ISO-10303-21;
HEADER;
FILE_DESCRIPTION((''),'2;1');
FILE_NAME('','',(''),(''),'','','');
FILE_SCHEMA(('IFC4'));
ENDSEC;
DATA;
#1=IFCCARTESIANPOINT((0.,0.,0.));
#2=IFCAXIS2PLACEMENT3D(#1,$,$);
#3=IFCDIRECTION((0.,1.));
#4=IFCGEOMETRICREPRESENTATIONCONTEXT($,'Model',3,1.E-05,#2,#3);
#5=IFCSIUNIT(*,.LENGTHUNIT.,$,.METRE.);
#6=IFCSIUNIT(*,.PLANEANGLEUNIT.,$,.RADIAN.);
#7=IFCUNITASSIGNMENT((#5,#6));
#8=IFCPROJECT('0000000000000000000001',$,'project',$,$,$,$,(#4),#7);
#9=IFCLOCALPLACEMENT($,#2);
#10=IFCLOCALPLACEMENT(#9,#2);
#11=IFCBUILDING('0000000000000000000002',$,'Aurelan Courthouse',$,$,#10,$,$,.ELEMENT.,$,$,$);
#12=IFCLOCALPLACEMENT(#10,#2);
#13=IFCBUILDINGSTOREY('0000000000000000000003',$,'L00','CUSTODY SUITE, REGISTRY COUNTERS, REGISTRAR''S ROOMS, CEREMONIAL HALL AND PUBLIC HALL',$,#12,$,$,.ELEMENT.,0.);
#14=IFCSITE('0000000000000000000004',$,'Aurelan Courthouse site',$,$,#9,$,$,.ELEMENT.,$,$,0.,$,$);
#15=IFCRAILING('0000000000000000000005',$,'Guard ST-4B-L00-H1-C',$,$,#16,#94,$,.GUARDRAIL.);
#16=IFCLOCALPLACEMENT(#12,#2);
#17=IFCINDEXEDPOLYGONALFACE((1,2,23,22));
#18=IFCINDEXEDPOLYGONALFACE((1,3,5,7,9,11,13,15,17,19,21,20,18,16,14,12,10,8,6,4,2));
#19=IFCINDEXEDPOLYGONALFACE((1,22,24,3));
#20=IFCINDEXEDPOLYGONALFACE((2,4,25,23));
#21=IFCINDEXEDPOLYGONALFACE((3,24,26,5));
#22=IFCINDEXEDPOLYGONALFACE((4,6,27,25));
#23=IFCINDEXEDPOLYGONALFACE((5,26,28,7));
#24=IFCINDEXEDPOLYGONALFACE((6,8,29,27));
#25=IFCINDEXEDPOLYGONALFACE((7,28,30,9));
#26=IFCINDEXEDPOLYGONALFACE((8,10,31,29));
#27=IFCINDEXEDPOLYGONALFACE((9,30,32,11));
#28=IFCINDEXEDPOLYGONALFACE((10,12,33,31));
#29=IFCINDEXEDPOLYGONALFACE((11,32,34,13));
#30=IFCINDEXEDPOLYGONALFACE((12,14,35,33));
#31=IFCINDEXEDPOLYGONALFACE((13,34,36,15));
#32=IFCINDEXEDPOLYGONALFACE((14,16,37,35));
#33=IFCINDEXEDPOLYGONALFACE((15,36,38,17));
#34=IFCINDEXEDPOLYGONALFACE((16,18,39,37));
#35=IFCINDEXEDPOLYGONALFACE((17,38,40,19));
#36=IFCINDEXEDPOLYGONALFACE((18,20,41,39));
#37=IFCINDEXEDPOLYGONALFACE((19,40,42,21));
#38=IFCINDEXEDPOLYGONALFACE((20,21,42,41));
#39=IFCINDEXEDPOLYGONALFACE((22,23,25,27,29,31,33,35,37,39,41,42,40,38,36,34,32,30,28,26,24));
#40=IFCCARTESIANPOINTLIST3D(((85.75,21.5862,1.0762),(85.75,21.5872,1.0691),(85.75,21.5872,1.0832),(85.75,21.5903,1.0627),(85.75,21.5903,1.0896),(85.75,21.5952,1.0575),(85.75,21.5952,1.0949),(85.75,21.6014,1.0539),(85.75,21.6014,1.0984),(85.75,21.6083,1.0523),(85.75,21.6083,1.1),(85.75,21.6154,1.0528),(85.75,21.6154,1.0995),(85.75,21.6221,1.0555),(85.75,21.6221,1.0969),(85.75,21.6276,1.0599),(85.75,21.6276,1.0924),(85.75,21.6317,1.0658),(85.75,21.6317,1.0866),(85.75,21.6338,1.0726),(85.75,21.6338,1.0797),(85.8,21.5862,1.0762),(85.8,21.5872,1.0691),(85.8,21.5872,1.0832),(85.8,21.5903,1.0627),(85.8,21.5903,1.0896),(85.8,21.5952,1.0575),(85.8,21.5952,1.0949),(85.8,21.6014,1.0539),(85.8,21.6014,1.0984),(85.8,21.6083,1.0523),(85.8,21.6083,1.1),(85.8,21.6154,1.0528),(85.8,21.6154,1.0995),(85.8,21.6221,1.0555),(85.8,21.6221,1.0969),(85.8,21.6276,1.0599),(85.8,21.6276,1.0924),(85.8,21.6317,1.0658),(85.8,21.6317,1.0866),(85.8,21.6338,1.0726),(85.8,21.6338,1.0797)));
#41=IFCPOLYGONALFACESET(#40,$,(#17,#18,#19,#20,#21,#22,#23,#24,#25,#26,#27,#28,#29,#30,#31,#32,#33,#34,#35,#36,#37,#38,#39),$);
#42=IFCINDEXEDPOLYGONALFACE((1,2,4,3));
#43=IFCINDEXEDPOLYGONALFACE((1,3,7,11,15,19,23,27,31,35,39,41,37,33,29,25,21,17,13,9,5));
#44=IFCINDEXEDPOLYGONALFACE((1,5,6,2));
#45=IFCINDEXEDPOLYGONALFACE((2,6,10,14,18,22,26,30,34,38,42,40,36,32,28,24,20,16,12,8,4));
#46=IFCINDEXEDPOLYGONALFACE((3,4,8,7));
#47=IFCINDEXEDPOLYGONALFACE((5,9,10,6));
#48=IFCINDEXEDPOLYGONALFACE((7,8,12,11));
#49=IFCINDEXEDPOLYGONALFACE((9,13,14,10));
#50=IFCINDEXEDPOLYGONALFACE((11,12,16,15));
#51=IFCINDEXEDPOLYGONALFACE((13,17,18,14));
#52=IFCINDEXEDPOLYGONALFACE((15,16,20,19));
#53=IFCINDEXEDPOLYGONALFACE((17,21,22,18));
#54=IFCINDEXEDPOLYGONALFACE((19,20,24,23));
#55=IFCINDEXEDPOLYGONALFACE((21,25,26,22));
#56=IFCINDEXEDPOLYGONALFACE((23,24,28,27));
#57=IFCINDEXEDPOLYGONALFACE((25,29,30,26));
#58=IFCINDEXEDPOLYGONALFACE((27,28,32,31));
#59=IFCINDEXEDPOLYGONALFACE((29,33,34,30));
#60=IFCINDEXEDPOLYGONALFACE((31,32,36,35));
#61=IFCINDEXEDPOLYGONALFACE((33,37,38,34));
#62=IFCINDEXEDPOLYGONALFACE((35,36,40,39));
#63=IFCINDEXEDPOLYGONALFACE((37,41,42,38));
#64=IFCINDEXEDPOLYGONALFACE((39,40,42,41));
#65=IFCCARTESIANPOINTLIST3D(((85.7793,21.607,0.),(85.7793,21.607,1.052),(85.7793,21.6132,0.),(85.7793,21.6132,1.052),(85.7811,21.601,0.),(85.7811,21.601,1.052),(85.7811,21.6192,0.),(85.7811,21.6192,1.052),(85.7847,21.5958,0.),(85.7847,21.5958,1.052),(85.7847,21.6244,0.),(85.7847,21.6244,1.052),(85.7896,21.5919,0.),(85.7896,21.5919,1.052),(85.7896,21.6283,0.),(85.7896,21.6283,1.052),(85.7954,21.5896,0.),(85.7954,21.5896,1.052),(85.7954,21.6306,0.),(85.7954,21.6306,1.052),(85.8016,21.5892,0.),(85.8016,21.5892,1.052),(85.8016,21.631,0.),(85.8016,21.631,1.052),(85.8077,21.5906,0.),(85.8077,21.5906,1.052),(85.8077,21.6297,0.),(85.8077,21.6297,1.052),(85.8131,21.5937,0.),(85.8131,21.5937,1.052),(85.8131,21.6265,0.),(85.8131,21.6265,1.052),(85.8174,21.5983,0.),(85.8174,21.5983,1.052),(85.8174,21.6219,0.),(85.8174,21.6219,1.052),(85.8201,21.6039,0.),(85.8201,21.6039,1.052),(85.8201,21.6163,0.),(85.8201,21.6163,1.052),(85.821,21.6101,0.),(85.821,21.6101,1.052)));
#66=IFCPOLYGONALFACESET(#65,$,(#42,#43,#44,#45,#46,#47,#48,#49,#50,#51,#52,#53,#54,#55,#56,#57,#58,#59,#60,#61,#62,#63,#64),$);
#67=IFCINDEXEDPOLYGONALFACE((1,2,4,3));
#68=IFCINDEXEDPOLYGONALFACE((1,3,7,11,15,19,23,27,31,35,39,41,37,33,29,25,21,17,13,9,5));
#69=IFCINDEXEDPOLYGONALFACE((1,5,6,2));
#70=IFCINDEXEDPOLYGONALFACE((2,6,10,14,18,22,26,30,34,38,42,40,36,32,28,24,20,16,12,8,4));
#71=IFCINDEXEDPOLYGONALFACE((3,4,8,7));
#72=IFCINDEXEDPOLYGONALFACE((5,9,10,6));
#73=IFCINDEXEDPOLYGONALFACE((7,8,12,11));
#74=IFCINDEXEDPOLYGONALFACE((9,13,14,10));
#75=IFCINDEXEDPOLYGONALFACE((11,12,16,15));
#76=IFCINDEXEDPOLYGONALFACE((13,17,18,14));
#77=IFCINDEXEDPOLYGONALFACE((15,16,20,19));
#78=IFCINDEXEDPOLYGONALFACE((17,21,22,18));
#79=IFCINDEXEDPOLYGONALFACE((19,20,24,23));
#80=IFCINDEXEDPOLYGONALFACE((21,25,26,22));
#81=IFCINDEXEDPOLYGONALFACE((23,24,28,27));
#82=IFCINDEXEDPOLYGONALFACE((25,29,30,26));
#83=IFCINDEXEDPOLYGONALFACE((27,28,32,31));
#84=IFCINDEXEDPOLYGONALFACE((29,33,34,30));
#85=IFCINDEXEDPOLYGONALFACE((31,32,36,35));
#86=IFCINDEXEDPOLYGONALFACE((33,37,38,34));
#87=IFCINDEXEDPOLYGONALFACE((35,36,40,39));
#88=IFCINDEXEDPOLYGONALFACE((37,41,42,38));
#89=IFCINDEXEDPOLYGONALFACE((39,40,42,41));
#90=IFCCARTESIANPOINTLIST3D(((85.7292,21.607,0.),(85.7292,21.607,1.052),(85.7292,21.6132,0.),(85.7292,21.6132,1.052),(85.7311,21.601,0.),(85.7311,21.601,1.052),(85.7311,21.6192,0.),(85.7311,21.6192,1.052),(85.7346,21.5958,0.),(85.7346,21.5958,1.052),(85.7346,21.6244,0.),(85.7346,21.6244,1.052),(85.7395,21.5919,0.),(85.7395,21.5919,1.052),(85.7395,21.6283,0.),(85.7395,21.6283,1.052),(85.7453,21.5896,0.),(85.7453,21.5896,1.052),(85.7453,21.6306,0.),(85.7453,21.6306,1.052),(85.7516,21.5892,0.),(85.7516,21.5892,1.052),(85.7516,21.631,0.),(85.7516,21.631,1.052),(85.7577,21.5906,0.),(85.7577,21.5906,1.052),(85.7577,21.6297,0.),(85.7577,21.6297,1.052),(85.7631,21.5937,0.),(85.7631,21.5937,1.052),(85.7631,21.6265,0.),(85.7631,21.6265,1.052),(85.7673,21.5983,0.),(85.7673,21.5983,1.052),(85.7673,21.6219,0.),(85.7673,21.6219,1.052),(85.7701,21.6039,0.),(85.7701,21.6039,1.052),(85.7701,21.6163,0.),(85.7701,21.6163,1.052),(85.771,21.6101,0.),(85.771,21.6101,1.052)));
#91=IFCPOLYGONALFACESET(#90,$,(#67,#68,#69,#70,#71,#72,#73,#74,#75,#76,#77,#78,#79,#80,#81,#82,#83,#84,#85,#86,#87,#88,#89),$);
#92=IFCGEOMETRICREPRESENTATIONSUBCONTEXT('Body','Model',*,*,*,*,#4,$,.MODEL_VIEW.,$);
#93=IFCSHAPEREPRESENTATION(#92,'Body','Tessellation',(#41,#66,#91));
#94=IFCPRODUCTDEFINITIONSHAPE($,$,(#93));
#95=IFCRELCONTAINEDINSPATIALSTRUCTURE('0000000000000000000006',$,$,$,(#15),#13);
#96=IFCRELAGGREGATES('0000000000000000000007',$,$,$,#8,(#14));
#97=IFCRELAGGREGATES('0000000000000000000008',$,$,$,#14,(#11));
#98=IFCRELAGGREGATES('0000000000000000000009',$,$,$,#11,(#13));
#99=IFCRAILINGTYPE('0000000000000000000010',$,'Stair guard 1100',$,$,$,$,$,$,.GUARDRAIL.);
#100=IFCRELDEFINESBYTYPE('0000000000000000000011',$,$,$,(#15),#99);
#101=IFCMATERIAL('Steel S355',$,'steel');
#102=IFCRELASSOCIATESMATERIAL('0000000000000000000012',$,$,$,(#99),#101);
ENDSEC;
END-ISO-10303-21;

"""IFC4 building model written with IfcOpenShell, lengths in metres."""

from ifc_helpers import new_model, si_unit, direction, frame, origin, origin_2d, place, context, subcontext, project, spatial, circle, extrude, material, type_object, element, save


model = new_model("IFC4")

# Units and contexts
model_context = context("Model", 3, precision=1e-05, world=origin(), true_north=direction((0.0, 1.0)))
body_context = subcontext(model_context, "Body", "Model", "MODEL_VIEW")
ifc_project = project(units=[si_unit("LENGTHUNIT", "METRE"), si_unit("PLANEANGLEUNIT", "RADIAN")], contexts=[model_context])

# Site, building, storey
site_placement = place(None, origin())
site = spatial("IfcSite", under=ifc_project, at=site_placement, Name="Aurelan Courthouse site", CompositionType="ELEMENT", RefElevation=0.0)
building_placement = place(site_placement, origin())
building = spatial("IfcBuilding", under=site, at=building_placement, Name="Aurelan Courthouse", CompositionType="ELEMENT")
storey_placement = place(building_placement, origin())
storey = spatial("IfcBuildingStorey", under=building, at=storey_placement, Name="L00", Description="CUSTODY SUITE, REGISTRY COUNTERS, REGISTRAR'S ROOMS, CEREMONIAL HALL AND PUBLIC HALL", CompositionType="ELEMENT", Elevation=0.0)

# Railing
ifc_material_1 = material(Name="Steel S355", Category="steel")
railing_type_1 = type_object("IfcRailingType", Name="Stair guard 1100", PredefinedType="GUARDRAIL", material=ifc_material_1)
railing_1_placement = place(storey_placement, frame((85.8, 21.6101, 0.0)))
element("IfcRailing", 1, at=railing_1_placement, inside=storey, type_object=railing_type_1, Name="Guard ST-4B-L00-H1-C", PredefinedType="GUARDRAIL", context=body_context, shape_type="SweptSolid", body=[
    extrude(circle(Radius=0.0239, at=origin_2d()), frame((0.0, 0.0, 1.0762), z_axis=(-1.0, 0.0, 0.0), x_axis=(0.0, -1.0, 0.0)), (0.0, 0.0, 1.0), 0.05),
    extrude(circle(Radius=0.021, at=origin_2d()), origin(), (0.0, 0.0, 1.0), 1.052),
    extrude(circle(Radius=0.021, at=origin_2d()), frame((-0.05, 0.0, 0.0)), (0.0, 0.0, 1.0), 1.052),
])

save(model, "model.ifc")
